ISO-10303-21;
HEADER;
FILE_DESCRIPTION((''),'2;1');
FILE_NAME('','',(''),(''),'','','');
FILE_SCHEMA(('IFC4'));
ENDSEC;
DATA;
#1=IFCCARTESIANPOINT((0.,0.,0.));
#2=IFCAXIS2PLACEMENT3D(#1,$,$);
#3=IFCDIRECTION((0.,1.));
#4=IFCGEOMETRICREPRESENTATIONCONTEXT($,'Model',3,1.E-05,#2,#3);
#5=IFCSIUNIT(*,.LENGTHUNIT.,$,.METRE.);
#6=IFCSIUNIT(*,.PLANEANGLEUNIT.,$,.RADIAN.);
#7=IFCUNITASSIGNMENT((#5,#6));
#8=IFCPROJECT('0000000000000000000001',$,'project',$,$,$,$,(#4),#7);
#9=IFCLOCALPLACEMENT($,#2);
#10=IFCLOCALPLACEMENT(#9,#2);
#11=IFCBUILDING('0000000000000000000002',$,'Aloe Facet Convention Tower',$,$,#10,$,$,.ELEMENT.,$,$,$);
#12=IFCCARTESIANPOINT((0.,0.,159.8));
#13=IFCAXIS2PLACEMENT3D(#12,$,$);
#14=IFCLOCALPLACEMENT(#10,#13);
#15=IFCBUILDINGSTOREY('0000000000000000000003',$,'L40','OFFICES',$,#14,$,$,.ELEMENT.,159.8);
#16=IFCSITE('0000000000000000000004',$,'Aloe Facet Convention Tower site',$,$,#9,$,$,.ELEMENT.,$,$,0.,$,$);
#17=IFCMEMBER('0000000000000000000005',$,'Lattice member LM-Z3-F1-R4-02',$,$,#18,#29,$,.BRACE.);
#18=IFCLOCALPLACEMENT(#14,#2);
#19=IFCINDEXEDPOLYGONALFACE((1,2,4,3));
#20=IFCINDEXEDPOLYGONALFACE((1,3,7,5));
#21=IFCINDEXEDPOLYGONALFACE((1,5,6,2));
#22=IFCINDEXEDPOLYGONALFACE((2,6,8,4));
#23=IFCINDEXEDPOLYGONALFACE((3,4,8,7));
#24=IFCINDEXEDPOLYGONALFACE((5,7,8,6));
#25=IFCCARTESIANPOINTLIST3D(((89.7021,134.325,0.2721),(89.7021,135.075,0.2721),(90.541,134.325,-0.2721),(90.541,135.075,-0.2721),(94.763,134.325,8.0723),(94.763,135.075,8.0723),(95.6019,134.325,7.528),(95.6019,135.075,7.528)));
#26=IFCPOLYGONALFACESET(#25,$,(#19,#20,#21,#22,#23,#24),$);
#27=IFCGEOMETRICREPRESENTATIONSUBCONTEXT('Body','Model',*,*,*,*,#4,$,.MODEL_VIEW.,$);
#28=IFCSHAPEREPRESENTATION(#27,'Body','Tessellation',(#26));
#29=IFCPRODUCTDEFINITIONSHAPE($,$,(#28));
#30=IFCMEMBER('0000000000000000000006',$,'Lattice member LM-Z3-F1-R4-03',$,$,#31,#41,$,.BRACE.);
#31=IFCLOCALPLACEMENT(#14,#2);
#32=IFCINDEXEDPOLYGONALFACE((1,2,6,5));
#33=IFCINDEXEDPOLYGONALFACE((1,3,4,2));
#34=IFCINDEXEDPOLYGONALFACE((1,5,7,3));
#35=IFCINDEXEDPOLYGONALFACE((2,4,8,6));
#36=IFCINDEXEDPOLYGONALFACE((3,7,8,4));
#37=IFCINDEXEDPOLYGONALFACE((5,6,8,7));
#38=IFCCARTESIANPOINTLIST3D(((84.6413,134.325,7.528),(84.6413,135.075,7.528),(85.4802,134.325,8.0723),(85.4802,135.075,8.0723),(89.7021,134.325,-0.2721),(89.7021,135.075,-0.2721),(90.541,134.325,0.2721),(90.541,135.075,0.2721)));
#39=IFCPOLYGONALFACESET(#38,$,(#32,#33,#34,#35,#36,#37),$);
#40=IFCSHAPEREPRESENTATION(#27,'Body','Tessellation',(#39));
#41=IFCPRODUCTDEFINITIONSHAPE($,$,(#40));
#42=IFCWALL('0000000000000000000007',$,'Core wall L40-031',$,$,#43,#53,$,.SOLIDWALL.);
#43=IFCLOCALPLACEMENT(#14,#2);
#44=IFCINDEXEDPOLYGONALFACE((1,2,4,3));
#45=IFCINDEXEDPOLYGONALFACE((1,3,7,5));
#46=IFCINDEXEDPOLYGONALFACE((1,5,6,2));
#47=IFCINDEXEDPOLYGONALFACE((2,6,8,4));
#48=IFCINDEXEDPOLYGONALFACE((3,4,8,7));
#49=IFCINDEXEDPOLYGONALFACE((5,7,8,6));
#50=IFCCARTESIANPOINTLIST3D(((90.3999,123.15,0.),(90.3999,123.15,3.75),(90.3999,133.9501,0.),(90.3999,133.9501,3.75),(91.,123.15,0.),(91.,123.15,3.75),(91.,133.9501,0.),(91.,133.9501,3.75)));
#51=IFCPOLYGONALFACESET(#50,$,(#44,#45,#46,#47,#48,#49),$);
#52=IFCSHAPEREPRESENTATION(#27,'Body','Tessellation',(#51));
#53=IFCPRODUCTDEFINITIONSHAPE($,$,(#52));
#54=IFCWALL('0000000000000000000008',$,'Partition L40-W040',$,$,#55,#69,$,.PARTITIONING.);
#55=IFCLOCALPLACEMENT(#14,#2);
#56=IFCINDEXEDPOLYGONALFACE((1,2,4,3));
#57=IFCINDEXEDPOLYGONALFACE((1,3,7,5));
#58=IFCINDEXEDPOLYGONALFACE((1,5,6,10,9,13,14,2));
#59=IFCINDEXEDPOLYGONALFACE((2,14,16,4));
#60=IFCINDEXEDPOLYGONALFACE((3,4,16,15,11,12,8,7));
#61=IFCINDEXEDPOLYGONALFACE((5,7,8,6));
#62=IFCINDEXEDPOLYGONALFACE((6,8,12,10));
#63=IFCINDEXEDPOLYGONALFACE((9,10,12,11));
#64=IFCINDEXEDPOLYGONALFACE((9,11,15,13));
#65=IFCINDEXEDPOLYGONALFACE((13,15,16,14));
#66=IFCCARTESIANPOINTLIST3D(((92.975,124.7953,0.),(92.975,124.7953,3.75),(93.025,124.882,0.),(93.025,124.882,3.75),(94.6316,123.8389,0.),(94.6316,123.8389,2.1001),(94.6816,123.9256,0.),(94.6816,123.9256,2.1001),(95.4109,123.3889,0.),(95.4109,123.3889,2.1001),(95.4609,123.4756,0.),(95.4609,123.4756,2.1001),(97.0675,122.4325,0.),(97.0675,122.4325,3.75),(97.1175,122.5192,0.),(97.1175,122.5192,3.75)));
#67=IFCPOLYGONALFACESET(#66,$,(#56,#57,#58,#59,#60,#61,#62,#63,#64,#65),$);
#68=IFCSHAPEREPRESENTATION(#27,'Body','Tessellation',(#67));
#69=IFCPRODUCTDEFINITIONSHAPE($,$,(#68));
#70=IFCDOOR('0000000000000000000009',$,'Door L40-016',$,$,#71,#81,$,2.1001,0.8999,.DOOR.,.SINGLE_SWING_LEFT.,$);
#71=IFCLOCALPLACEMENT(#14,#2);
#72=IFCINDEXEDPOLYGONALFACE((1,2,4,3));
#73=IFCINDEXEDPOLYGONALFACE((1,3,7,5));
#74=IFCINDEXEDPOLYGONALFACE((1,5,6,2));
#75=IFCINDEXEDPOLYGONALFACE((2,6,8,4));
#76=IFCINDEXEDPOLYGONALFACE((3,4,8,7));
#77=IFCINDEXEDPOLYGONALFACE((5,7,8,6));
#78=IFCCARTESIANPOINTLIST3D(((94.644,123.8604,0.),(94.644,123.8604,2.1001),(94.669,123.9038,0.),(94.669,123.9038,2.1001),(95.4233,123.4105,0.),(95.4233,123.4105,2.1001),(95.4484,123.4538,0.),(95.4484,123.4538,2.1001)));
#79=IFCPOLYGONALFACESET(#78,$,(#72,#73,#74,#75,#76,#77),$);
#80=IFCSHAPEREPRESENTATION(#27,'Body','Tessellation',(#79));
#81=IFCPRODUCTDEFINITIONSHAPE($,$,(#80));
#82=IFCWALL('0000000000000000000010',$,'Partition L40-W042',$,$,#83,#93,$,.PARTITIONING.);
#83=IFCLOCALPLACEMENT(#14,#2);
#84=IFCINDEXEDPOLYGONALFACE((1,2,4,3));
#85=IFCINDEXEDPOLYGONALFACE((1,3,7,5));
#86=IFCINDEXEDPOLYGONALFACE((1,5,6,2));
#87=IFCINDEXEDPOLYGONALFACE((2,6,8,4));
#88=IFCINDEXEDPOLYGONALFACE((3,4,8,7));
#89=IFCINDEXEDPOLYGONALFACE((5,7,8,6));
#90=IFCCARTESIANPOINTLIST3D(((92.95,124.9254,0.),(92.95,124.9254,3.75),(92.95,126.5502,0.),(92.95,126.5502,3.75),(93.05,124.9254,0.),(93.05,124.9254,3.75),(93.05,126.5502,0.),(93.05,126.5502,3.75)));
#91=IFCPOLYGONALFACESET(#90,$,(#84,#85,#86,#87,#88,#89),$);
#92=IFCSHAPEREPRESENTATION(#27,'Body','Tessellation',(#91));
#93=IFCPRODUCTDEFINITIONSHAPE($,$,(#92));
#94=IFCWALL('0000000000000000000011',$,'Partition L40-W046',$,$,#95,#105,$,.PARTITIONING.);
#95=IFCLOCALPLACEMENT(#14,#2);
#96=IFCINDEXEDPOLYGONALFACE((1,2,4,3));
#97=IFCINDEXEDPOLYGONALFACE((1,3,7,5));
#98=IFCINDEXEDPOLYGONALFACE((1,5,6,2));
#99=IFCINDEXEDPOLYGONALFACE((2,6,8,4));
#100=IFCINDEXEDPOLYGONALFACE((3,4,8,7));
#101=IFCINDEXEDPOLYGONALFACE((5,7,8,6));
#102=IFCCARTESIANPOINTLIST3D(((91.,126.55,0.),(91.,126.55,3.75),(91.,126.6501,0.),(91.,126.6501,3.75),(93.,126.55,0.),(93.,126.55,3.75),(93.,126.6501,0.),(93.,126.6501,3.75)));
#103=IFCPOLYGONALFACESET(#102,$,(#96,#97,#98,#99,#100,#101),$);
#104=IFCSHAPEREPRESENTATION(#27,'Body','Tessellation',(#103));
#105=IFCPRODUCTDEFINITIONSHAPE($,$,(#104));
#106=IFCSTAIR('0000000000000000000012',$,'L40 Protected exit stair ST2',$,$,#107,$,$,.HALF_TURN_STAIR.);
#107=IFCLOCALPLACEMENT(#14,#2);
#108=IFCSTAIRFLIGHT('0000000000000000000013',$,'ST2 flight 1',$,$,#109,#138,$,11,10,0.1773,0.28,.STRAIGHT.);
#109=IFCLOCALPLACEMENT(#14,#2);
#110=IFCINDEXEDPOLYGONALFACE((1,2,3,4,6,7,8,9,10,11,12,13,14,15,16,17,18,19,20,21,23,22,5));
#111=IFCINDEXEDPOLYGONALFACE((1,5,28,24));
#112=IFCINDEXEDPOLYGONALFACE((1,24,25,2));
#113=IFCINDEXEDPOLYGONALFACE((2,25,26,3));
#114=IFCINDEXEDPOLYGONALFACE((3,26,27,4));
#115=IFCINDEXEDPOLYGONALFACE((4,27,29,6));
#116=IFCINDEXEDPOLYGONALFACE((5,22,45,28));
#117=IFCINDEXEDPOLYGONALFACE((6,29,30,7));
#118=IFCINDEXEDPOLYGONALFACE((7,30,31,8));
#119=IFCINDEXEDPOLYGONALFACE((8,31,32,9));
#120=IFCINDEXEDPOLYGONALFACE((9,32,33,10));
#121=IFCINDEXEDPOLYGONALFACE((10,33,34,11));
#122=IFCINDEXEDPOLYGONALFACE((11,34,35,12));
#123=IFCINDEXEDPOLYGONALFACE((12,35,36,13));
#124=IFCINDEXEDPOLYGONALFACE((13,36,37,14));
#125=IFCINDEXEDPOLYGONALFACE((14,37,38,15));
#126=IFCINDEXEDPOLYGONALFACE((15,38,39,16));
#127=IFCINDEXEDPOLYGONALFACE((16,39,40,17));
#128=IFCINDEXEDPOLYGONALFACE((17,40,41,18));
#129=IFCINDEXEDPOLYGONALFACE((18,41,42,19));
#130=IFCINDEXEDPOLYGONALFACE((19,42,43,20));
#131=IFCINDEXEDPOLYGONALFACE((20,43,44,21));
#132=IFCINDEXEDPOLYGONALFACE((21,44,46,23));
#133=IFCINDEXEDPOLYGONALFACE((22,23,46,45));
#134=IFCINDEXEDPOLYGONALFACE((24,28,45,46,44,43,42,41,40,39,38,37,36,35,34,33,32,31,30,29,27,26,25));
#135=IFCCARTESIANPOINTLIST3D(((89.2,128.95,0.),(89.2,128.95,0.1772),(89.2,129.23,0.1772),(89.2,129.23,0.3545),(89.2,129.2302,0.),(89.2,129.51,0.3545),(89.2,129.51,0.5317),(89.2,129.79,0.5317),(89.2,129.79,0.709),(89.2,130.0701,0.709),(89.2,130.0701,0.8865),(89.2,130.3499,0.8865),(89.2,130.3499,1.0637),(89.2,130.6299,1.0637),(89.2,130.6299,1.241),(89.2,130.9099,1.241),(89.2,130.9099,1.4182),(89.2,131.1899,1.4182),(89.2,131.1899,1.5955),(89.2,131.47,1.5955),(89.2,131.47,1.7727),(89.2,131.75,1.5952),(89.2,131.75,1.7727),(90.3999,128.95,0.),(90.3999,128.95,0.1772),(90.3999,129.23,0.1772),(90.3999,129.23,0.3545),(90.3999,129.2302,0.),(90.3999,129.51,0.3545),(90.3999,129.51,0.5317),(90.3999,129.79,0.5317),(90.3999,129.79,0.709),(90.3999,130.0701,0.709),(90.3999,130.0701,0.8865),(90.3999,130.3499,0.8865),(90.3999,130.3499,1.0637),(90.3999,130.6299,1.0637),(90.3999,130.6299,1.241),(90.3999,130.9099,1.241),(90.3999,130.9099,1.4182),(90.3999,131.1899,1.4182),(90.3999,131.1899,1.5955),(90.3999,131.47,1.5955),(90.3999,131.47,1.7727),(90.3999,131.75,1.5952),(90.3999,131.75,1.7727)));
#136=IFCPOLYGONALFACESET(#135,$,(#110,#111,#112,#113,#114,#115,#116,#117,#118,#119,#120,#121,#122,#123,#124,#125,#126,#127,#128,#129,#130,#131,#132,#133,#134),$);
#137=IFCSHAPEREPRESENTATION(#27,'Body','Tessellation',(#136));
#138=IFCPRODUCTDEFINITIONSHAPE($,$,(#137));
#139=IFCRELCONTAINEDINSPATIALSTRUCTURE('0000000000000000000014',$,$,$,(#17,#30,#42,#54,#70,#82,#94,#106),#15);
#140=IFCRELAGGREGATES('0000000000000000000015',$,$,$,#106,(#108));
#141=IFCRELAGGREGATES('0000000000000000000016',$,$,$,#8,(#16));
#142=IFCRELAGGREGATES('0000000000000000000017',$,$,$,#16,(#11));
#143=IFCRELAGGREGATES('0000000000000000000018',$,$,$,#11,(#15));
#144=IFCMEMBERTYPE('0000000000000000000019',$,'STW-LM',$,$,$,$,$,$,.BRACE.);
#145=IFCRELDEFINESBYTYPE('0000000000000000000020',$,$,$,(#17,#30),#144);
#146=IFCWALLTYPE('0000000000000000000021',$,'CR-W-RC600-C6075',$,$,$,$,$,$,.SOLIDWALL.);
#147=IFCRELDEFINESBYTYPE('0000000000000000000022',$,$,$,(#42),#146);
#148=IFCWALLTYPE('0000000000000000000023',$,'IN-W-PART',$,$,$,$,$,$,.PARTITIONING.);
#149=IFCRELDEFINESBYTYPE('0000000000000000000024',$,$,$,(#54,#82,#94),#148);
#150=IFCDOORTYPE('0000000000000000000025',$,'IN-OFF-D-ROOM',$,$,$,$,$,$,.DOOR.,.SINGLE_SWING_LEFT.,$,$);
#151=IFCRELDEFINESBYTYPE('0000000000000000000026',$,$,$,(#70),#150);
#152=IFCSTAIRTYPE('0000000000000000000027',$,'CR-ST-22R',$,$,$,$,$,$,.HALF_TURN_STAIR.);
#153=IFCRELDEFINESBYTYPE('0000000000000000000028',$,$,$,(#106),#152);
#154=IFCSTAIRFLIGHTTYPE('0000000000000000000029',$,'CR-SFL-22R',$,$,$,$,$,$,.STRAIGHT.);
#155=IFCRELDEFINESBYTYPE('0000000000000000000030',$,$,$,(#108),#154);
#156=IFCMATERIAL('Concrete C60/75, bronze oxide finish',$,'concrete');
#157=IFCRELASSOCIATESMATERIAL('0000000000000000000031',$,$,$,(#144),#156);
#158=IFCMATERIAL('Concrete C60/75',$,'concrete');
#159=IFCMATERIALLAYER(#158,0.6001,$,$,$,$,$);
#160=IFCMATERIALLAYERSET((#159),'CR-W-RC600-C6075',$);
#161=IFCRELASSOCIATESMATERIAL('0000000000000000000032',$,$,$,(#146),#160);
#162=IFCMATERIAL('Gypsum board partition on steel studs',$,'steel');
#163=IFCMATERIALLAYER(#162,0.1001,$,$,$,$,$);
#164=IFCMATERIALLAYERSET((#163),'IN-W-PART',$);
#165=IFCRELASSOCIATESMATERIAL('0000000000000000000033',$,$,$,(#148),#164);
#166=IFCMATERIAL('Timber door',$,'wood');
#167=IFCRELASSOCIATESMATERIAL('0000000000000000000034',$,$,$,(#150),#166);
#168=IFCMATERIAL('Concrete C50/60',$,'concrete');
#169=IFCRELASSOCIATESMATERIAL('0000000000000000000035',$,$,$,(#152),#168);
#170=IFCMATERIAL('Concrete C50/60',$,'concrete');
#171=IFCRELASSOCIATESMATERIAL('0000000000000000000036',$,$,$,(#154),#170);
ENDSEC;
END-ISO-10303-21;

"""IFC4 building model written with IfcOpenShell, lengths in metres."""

from ifc_helpers import new_model, si_unit, direction, frame, frame_2d, origin, origin_2d, place, context, subcontext, project, spatial, polyline, rectangle, outline, extrude, material, layer, layer_set, material_profile, profile_set, type_object, element, fill, aggregate, save


model = new_model("IFC4")

# Units and contexts
model_context = context("Model", 3, precision=1e-05, world=origin(), true_north=direction((0.0, 1.0)))
body_context = subcontext(model_context, "Body", "Model", "MODEL_VIEW")
ifc_project = project(units=[si_unit("LENGTHUNIT", "METRE"), si_unit("PLANEANGLEUNIT", "RADIAN")], contexts=[model_context])

# Site, building, storey
site_placement = place(None, origin())
site = spatial("IfcSite", under=ifc_project, at=site_placement, Name="Aloe Facet Convention Tower site", CompositionType="ELEMENT", RefElevation=0.0)
building_placement = place(site_placement, origin())
building = spatial("IfcBuilding", under=site, at=building_placement, Name="Aloe Facet Convention Tower", CompositionType="ELEMENT")
storey_placement = place(building_placement, frame((0.0, 0.0, 159.8)))
storey = spatial("IfcBuildingStorey", under=building, at=storey_placement, Name="L40", Description="OFFICES", CompositionType="ELEMENT", Elevation=159.8)

# Members
ifc_material_1 = material(Name="Concrete C60/75, bronze oxide finish", Category="concrete")
ifc_material_profile_1 = material_profile(ifc_material_1, rectangle(XDim=0.75, YDim=1.0, at=origin_2d()), Name="STW-LM")
ifc_profile_set_1 = profile_set([ifc_material_profile_1], Name="Concrete C60/75, bronze oxide finish")
member_type = type_object("IfcMemberType", Name="STW-LM", PredefinedType="BRACE", material=ifc_profile_set_1)
for number, where, z_axis, x_axis, name in (
    (1, (90.1216, 134.7, 0.0), (0.54429, 0.0, 0.838897), (0.0, 1.0, 0.0), "Lattice member LM-Z3-F1-R4-02"),
    (2, (90.1216, 134.7, 0.0), (-0.54429, 0.0, 0.838897), (0.0, -1.0, 0.0), "Lattice member LM-Z3-F1-R4-03"),
):
    element("IfcMember", number, at=place(storey_placement, frame(where, z_axis=z_axis, x_axis=x_axis)), inside=storey, type_object=member_type, Name=name, PredefinedType="BRACE", context=body_context, shape_type="SweptSolid", body=[
        extrude(rectangle(XDim=0.75, YDim=1.0, at=origin_2d()), origin(), (0.0, 0.0, 1.0), 9.2981),
    ])

# Wall
ifc_material_2 = material(Name="Concrete C60/75", Category="concrete")
ifc_layer_1 = layer(ifc_material_2, 0.6001)
ifc_layer_set_1 = layer_set([ifc_layer_1], Name="CR-W-RC600-C6075")
wall_type_1 = type_object("IfcWallType", Name="CR-W-RC600-C6075", PredefinedType="SOLIDWALL", material=ifc_layer_set_1)
wall_1_placement = place(storey_placement, frame((90.7, 133.95, 0.0), z_axis=(0.0, 0.0, 1.0), x_axis=(0.0, -1.0, 0.0)))
element("IfcWall", 3, at=wall_1_placement, inside=storey, type_object=wall_type_1, Name="Core wall L40-031", PredefinedType="SOLIDWALL", context=body_context, shape_type="SweptSolid", body=[
    extrude(rectangle(XDim=10.8, YDim=0.6001, at=frame_2d((5.3999, 0.0))), origin(), (0.0, 0.0, 1.0), 3.75),
])

# Wall, opening, door
ifc_material_3 = material(Name="Gypsum board partition on steel studs", Category="steel")
ifc_layer_2 = layer(ifc_material_3, 0.1001)
ifc_layer_set_2 = layer_set([ifc_layer_2], Name="IN-W-PART")
wall_type_2 = type_object("IfcWallType", Name="IN-W-PART", PredefinedType="PARTITIONING", material=ifc_layer_set_2)
wall_2_placement = place(storey_placement, frame((93.0, 124.8386, 0.0), z_axis=(0.0, 0.0, 1.0), x_axis=(0.866028, -0.499995, 0.0)))
wall_2 = element("IfcWall", 4, at=wall_2_placement, inside=storey, type_object=wall_type_2, Name="Partition L40-W040", PredefinedType="PARTITIONING", context=body_context, shape_type="SweptSolid", body=[
    extrude(rectangle(XDim=4.7256, YDim=0.1001, at=frame_2d((2.3628, 0.0))), origin(), (0.0, 0.0, 1.0), 3.75),
])
opening_placement = place(wall_2_placement, frame((1.9128, 0.0, 0.0)))
opening = element("IfcOpeningElement", 5, at=opening_placement, cuts=wall_2, PredefinedType="OPENING", context=body_context, shape_type="SweptSolid", body=[
    extrude(rectangle(XDim=0.8999, YDim=2.1001, at=frame_2d((0.45, 1.05))), frame((0.0, 0.0601, 0.0), z_axis=(0.0, -1.0, 0.0), x_axis=(1.0, 0.0, 0.0)), (0.0, 0.0, 1.0), 0.1201),
])
ifc_material_4 = material(Name="Timber door", Category="wood")
door_type = type_object("IfcDoorType", Name="IN-OFF-D-ROOM", OperationType="SINGLE_SWING_LEFT", PredefinedType="DOOR", material=ifc_material_4)
door_placement = place(opening_placement, origin())
door = element("IfcDoor", 6, at=door_placement, inside=storey, type_object=door_type, Name="Door L40-016", OperationType="SINGLE_SWING_LEFT", OverallHeight=2.1001, OverallWidth=0.8999, PredefinedType="DOOR", context=body_context, shape_type="SweptSolid", body=[
    extrude(rectangle(XDim=0.8999, YDim=2.1001, at=frame_2d((0.45, 1.05))), frame((0.0, 0.0249, 0.0), z_axis=(0.0, -1.0, 0.0), x_axis=(1.0, 0.0, 0.0)), (0.0, 0.0, 1.0), 0.05),
])
fill(opening, door)

# Walls
wall_3_placement = place(storey_placement, frame((93.0, 124.9253, 0.0), z_axis=(0.0, 0.0, 1.0), x_axis=(0.0, 1.0, 0.0)))
element("IfcWall", 7, at=wall_3_placement, inside=storey, type_object=wall_type_2, Name="Partition L40-W042", PredefinedType="PARTITIONING", context=body_context, shape_type="SweptSolid", body=[
    extrude(rectangle(XDim=1.6248, YDim=0.1001, at=frame_2d((0.8125, 0.0))), origin(), (0.0, 0.0, 1.0), 3.75),
])
wall_4_placement = place(storey_placement, frame((91.0, 126.6001, 0.0), z_axis=(0.0, 0.0, 1.0), x_axis=(1.0, 0.0, 0.0)))
element("IfcWall", 8, at=wall_4_placement, inside=storey, type_object=wall_type_2, Name="Partition L40-W046", PredefinedType="PARTITIONING", context=body_context, shape_type="SweptSolid", body=[
    extrude(rectangle(XDim=2.0, YDim=0.1001, at=frame_2d((1.0, 0.0))), origin(), (0.0, 0.0, 1.0), 3.75),
])

# Stair, stair flight
ifc_material_5 = material(Name="Concrete C50/60", Category="concrete")
stair_type = type_object("IfcStairType", Name="CR-ST-22R", PredefinedType="HALF_TURN_STAIR", material=ifc_material_5)
stair_placement = place(storey_placement, origin())
stair = element("IfcStair", 9, at=stair_placement, inside=storey, type_object=stair_type, Name="L40 Protected exit stair ST2", PredefinedType="HALF_TURN_STAIR")
ifc_material_6 = material(Name="Concrete C50/60", Category="concrete")
stair_flight_type = type_object("IfcStairFlightType", Name="CR-SFL-22R", PredefinedType="STRAIGHT", material=ifc_material_6)
stair_flight_placement = place(storey_placement, frame((89.8, 128.95, 0.0), z_axis=(0.0, 0.0, 1.0), x_axis=(0.0, 1.0, 0.0)))
stair_flight = element("IfcStairFlight", 10, at=stair_flight_placement, type_object=stair_flight_type, Name="ST2 flight 1", NumberOfRisers=11, NumberOfTreads=10, PredefinedType="STRAIGHT", RiserHeight=0.1773, TreadLength=0.28, context=body_context, shape_type="SweptSolid", body=[
    extrude(outline(polyline([(0.0, 0.0), (0.0, 0.1772), (0.28, 0.1772), (0.28, 0.3545), (0.5601, 0.3545), (0.5601, 0.5317), (0.8401, 0.5317), (0.8401, 0.709), (1.1201, 0.709), (1.1201, 0.8865), (1.3999, 0.8865), (1.3999, 1.0637), (1.6799, 1.0637), (1.6799, 1.241), (1.96, 1.241), (1.96, 1.4182), (2.24, 1.4182), (2.24, 1.5955), (2.52, 1.5955), (2.52, 1.7727), (2.8, 1.7727), (2.8, 1.95), (2.8, 1.5952), (0.2803, 0.0), (0.0, 0.0)])), frame((0.0, 0.6001, 0.0), z_axis=(0.0, -1.0, 0.0), x_axis=(1.0, 0.0, 0.0)), (0.0, 0.0, 1.0), 1.2),
])
aggregate(stair, [stair_flight])

save(model, "model.ifc")
